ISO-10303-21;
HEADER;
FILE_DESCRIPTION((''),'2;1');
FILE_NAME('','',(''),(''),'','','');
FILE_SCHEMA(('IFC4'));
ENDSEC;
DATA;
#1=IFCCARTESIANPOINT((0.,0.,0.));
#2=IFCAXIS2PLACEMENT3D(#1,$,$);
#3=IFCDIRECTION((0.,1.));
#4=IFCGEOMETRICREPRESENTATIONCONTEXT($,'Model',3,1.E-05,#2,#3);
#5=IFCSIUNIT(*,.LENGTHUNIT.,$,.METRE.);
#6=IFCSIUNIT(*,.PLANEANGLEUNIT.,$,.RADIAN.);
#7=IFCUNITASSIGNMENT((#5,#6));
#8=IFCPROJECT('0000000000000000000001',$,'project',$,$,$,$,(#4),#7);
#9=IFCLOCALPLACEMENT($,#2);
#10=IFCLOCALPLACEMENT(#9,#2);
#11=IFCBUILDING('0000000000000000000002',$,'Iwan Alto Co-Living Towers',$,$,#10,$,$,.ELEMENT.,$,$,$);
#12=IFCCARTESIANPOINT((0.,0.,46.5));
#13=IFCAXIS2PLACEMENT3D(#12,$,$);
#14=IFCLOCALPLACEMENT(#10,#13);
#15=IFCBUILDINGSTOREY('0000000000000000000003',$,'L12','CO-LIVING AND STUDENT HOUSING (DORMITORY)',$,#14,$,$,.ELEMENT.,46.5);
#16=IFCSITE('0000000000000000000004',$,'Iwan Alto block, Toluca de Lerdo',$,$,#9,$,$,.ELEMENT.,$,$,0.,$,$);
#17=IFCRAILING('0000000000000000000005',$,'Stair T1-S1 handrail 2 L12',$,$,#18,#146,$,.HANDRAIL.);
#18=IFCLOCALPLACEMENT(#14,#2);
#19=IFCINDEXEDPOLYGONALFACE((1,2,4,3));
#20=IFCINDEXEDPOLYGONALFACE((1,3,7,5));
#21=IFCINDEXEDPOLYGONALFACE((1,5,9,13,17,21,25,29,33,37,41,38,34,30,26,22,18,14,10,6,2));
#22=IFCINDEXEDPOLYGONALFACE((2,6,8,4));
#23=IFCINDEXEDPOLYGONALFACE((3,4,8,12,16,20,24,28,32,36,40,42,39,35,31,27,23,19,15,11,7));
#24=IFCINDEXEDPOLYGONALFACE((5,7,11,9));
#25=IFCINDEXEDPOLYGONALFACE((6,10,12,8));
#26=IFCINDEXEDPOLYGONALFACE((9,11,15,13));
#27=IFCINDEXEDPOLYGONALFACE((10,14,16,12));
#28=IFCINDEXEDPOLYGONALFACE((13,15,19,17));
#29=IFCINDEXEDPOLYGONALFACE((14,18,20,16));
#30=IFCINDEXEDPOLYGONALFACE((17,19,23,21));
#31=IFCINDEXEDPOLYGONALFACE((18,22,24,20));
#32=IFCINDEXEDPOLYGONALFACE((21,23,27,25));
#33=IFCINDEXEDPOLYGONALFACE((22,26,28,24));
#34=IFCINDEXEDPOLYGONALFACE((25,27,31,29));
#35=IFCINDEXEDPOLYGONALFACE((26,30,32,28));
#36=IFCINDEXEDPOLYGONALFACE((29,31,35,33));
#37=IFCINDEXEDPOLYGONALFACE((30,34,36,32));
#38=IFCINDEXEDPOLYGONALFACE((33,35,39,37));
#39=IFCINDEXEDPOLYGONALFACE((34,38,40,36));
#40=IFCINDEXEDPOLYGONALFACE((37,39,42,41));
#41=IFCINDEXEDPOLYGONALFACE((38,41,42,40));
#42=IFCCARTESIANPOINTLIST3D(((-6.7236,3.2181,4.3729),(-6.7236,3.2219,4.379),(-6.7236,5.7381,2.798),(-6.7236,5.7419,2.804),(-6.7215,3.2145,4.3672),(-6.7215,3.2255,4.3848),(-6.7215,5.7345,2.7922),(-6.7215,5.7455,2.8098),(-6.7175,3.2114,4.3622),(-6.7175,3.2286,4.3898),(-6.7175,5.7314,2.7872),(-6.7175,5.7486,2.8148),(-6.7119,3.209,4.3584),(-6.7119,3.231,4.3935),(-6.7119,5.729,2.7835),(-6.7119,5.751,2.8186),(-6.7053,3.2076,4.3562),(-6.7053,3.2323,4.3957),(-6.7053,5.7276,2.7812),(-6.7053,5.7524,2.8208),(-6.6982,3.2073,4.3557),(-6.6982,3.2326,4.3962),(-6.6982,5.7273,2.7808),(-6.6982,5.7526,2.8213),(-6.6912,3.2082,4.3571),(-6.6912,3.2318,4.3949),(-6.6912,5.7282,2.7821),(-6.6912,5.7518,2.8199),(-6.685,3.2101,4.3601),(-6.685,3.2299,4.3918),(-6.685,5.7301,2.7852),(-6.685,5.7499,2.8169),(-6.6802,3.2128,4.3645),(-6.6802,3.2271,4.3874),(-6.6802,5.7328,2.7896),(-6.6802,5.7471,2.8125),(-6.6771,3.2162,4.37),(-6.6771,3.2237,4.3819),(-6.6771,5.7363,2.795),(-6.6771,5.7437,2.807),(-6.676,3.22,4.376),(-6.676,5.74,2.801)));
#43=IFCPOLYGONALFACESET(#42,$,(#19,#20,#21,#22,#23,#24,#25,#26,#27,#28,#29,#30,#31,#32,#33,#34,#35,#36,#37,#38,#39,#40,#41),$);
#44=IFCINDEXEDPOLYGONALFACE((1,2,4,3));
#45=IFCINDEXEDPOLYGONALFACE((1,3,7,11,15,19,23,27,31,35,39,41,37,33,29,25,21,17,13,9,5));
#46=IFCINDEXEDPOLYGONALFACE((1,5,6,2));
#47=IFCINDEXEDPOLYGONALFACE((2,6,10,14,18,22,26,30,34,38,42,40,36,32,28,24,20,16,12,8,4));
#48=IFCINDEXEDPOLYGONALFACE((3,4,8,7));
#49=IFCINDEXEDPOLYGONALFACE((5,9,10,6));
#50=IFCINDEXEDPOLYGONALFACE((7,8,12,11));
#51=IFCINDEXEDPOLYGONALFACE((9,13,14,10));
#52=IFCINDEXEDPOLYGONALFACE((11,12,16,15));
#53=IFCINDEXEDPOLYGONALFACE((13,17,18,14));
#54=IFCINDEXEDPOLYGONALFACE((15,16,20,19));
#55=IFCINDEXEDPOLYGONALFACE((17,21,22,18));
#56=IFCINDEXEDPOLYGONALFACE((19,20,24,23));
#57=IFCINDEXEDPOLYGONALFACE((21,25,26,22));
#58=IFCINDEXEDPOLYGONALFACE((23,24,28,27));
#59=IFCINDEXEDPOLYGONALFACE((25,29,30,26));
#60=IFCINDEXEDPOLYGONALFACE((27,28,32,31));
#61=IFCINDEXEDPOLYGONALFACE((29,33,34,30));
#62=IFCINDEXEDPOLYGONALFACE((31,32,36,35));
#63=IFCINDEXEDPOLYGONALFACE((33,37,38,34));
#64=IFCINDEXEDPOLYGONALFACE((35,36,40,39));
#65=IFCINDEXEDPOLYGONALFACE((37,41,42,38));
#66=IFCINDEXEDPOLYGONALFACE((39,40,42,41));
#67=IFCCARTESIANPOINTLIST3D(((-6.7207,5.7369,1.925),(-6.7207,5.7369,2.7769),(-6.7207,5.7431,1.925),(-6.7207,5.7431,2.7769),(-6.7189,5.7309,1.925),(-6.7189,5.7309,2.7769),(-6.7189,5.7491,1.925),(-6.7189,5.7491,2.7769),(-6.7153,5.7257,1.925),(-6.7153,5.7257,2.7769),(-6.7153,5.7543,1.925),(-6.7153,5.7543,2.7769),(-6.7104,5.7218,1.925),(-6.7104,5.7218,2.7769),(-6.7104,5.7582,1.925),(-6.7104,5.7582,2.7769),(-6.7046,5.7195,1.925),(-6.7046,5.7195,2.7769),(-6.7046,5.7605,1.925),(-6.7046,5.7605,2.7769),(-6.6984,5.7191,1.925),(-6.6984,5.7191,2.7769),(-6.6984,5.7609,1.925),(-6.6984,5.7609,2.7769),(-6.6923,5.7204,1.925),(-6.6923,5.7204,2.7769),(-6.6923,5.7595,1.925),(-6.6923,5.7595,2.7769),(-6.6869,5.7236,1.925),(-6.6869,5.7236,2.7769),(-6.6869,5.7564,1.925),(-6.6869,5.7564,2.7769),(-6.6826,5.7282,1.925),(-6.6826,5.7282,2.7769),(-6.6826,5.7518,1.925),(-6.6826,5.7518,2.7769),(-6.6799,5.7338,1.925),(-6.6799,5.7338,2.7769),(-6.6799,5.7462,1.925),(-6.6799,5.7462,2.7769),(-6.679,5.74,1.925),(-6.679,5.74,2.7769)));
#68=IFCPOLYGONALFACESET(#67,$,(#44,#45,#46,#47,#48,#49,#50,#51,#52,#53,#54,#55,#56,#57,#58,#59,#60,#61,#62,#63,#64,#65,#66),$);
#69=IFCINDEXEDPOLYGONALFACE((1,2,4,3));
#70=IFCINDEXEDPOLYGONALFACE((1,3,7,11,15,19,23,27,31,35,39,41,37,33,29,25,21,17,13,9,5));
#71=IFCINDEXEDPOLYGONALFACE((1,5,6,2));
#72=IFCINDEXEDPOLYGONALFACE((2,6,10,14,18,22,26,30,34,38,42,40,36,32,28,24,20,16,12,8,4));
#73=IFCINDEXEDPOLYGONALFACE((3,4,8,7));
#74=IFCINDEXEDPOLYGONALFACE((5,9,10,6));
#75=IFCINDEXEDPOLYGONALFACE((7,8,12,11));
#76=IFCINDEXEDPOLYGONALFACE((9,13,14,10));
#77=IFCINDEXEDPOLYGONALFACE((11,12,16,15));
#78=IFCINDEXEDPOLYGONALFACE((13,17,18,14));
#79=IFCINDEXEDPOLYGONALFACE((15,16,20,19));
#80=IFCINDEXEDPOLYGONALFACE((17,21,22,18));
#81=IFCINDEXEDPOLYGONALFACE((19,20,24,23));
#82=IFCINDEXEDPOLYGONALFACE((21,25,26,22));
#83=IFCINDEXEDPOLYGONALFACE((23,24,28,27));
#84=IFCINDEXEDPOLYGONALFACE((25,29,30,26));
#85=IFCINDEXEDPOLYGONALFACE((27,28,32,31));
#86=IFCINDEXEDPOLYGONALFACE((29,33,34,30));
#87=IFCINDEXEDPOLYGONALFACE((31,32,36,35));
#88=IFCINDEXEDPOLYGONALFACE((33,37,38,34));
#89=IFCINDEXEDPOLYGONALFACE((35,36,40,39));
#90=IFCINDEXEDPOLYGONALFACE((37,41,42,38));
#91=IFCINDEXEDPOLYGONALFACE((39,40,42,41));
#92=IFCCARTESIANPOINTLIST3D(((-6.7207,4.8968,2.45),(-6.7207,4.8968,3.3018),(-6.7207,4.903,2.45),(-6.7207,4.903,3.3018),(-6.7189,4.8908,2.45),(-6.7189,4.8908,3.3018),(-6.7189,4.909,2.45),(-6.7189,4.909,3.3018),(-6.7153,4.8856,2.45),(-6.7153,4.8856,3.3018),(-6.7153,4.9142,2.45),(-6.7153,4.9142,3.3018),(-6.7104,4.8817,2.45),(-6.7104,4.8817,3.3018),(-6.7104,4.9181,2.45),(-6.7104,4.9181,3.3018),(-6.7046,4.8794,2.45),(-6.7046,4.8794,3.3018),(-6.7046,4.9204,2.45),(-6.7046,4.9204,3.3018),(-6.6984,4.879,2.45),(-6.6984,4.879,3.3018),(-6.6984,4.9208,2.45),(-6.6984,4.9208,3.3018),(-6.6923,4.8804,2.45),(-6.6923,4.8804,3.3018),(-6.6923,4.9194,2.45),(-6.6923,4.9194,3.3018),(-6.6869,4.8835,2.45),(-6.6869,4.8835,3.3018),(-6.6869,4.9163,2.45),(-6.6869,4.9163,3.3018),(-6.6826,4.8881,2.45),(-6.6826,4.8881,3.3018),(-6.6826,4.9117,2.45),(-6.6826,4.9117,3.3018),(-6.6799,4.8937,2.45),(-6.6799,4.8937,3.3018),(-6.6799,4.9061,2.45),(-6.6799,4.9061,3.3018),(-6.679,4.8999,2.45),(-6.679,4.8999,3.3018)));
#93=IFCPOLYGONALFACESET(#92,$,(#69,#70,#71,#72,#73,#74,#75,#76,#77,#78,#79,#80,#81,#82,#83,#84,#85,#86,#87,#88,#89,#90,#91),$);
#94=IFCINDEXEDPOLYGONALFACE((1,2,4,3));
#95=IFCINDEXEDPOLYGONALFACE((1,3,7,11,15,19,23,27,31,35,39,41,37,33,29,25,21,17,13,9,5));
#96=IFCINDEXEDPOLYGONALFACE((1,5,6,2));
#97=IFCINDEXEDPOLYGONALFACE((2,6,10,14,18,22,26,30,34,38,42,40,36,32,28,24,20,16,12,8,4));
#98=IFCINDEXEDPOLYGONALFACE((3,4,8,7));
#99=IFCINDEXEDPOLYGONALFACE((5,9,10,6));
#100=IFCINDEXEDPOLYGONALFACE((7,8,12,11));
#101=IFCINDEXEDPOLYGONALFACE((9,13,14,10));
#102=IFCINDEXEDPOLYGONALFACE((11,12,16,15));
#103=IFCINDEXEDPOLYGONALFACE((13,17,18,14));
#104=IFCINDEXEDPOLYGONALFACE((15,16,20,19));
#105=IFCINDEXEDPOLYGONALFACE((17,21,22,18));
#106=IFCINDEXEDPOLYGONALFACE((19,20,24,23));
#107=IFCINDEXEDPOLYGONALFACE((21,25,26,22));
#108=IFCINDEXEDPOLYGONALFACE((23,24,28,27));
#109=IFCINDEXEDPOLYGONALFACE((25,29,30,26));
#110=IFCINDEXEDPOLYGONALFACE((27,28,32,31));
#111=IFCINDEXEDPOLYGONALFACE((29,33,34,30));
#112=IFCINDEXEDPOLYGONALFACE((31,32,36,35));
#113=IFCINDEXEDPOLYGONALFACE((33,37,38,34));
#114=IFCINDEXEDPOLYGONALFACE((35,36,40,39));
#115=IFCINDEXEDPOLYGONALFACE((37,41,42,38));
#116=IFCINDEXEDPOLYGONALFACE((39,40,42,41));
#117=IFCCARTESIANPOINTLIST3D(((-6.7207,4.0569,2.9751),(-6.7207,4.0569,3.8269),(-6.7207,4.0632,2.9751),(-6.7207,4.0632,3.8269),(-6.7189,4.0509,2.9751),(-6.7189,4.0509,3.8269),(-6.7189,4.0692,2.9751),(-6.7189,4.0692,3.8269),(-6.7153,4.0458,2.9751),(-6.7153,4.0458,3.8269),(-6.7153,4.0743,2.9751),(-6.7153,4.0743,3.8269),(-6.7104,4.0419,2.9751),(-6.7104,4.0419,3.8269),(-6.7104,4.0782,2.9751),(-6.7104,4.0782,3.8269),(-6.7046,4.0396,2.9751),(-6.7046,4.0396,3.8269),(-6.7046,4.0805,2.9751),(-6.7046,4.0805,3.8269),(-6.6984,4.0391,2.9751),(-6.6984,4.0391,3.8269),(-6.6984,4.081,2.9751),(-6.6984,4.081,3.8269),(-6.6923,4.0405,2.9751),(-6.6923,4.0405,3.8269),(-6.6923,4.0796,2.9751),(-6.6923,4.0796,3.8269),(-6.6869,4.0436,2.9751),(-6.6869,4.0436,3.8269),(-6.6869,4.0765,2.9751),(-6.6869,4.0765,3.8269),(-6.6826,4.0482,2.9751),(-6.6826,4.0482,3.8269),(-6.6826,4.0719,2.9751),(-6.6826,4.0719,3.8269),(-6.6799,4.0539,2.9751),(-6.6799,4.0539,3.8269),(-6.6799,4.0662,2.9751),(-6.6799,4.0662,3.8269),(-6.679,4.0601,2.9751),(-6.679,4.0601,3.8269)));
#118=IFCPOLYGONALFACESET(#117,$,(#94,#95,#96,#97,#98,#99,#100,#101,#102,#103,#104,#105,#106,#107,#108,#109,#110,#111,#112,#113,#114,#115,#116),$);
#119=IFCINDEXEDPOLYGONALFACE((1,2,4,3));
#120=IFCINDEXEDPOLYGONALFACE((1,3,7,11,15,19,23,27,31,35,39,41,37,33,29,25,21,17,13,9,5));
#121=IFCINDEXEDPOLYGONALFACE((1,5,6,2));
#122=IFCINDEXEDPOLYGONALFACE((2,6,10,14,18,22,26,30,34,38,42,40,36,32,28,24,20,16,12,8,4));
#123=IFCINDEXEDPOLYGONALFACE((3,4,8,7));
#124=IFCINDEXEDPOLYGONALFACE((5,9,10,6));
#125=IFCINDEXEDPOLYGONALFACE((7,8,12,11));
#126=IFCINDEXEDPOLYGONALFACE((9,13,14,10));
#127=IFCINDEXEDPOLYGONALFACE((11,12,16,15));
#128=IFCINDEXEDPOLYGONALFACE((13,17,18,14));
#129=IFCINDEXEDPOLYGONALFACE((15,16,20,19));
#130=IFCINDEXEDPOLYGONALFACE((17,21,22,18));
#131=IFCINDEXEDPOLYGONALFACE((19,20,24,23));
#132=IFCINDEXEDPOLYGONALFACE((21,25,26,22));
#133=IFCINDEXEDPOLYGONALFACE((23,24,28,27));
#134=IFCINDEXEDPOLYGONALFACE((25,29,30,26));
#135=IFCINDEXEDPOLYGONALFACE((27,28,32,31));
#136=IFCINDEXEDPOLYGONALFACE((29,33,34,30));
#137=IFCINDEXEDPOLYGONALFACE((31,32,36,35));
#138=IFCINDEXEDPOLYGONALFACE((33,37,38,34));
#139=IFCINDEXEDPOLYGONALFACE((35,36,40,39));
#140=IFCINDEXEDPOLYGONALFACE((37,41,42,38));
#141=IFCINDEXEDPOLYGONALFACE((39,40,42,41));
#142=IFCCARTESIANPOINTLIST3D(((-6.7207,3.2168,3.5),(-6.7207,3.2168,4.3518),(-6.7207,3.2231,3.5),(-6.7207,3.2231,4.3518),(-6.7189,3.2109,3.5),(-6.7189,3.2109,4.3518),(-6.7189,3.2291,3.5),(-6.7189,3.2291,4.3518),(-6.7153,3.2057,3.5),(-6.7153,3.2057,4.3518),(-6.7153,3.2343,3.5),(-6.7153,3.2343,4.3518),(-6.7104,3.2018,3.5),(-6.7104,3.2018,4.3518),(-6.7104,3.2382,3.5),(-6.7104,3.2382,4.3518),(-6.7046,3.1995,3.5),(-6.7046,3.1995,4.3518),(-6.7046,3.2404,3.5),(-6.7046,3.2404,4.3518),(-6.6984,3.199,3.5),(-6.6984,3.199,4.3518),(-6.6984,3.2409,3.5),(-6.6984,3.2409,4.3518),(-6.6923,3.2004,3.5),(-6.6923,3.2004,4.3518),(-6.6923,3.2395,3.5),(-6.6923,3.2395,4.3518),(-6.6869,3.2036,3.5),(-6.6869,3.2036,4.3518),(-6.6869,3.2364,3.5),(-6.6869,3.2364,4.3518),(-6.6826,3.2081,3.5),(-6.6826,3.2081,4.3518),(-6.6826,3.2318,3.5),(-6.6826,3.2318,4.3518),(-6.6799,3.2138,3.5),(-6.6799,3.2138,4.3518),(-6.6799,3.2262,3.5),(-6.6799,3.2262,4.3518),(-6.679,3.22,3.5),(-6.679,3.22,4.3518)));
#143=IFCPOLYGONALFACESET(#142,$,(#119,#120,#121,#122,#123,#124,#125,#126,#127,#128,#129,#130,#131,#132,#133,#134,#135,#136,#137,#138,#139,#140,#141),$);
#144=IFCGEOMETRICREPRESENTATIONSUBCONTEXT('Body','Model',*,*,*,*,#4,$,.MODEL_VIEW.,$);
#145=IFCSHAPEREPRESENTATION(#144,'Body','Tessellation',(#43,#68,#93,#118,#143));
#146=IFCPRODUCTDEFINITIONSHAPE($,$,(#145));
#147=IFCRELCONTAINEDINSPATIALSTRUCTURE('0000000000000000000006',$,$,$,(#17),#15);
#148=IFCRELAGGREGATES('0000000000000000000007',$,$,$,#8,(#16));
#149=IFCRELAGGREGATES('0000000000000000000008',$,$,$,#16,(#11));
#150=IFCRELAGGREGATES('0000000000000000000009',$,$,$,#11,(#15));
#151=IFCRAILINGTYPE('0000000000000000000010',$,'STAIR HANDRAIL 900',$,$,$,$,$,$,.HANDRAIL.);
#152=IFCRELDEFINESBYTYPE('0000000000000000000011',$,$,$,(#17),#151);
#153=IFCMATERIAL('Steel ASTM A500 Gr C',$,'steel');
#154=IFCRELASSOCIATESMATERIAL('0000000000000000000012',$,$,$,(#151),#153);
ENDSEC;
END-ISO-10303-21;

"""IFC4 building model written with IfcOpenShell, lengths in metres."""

from ifc_helpers import new_model, si_unit, direction, frame, origin, origin_2d, place, context, subcontext, project, spatial, circle, extrude, material, type_object, element, save


model = new_model("IFC4")

# Units and contexts
model_context = context("Model", 3, precision=1e-05, world=origin(), true_north=direction((0.0, 1.0)))
body_context = subcontext(model_context, "Body", "Model", "MODEL_VIEW")
ifc_project = project(units=[si_unit("LENGTHUNIT", "METRE"), si_unit("PLANEANGLEUNIT", "RADIAN")], contexts=[model_context])

# Site, building, storey
site_placement = place(None, origin())
site = spatial("IfcSite", under=ifc_project, at=site_placement, Name="Iwan Alto block, Toluca de Lerdo", CompositionType="ELEMENT", RefElevation=0.0)
building_placement = place(site_placement, origin())
building = spatial("IfcBuilding", under=site, at=building_placement, Name="Iwan Alto Co-Living Towers", CompositionType="ELEMENT")
storey_placement = place(building_placement, frame((0.0, 0.0, 46.5)))
storey = spatial("IfcBuildingStorey", under=building, at=storey_placement, Name="L12", Description="CO-LIVING AND STUDENT HOUSING (DORMITORY)", CompositionType="ELEMENT", Elevation=46.5)

# Railing
ifc_material_1 = material(Name="Steel ASTM A500 Gr C", Category="steel")
railing_type_1 = type_object("IfcRailingType", Name="STAIR HANDRAIL 900", PredefinedType="HANDRAIL", material=ifc_material_1)
railing_1_placement = place(storey_placement, frame((-6.7, 5.74, 1.925)))
element("IfcRailing", 1, at=railing_1_placement, inside=storey, type_object=railing_type_1, Name="Stair T1-S1 handrail 2 L12", PredefinedType="HANDRAIL", context=body_context, shape_type="SweptSolid", body=[
    extrude(circle(Radius=0.0239, at=origin_2d()), frame((0.0, 0.0, 0.876), z_axis=(0.0, -0.848008, 0.529984), x_axis=(1.0, 0.0, 0.0)), (0.0, 0.0, 1.0), 2.9717),
    extrude(circle(Radius=0.021, at=origin_2d()), origin(), (0.0, 0.0, 1.0), 0.8518),
    extrude(circle(Radius=0.021, at=origin_2d()), frame((0.0, -0.8401, 0.5249)), (0.0, 0.0, 1.0), 0.8518),
    extrude(circle(Radius=0.021, at=origin_2d()), frame((0.0, -1.6799, 1.05)), (0.0, 0.0, 1.0), 0.8518),
    extrude(circle(Radius=0.021, at=origin_2d()), frame((0.0, -2.52, 1.575)), (0.0, 0.0, 1.0), 0.8518),
])

save(model, "model.ifc")
